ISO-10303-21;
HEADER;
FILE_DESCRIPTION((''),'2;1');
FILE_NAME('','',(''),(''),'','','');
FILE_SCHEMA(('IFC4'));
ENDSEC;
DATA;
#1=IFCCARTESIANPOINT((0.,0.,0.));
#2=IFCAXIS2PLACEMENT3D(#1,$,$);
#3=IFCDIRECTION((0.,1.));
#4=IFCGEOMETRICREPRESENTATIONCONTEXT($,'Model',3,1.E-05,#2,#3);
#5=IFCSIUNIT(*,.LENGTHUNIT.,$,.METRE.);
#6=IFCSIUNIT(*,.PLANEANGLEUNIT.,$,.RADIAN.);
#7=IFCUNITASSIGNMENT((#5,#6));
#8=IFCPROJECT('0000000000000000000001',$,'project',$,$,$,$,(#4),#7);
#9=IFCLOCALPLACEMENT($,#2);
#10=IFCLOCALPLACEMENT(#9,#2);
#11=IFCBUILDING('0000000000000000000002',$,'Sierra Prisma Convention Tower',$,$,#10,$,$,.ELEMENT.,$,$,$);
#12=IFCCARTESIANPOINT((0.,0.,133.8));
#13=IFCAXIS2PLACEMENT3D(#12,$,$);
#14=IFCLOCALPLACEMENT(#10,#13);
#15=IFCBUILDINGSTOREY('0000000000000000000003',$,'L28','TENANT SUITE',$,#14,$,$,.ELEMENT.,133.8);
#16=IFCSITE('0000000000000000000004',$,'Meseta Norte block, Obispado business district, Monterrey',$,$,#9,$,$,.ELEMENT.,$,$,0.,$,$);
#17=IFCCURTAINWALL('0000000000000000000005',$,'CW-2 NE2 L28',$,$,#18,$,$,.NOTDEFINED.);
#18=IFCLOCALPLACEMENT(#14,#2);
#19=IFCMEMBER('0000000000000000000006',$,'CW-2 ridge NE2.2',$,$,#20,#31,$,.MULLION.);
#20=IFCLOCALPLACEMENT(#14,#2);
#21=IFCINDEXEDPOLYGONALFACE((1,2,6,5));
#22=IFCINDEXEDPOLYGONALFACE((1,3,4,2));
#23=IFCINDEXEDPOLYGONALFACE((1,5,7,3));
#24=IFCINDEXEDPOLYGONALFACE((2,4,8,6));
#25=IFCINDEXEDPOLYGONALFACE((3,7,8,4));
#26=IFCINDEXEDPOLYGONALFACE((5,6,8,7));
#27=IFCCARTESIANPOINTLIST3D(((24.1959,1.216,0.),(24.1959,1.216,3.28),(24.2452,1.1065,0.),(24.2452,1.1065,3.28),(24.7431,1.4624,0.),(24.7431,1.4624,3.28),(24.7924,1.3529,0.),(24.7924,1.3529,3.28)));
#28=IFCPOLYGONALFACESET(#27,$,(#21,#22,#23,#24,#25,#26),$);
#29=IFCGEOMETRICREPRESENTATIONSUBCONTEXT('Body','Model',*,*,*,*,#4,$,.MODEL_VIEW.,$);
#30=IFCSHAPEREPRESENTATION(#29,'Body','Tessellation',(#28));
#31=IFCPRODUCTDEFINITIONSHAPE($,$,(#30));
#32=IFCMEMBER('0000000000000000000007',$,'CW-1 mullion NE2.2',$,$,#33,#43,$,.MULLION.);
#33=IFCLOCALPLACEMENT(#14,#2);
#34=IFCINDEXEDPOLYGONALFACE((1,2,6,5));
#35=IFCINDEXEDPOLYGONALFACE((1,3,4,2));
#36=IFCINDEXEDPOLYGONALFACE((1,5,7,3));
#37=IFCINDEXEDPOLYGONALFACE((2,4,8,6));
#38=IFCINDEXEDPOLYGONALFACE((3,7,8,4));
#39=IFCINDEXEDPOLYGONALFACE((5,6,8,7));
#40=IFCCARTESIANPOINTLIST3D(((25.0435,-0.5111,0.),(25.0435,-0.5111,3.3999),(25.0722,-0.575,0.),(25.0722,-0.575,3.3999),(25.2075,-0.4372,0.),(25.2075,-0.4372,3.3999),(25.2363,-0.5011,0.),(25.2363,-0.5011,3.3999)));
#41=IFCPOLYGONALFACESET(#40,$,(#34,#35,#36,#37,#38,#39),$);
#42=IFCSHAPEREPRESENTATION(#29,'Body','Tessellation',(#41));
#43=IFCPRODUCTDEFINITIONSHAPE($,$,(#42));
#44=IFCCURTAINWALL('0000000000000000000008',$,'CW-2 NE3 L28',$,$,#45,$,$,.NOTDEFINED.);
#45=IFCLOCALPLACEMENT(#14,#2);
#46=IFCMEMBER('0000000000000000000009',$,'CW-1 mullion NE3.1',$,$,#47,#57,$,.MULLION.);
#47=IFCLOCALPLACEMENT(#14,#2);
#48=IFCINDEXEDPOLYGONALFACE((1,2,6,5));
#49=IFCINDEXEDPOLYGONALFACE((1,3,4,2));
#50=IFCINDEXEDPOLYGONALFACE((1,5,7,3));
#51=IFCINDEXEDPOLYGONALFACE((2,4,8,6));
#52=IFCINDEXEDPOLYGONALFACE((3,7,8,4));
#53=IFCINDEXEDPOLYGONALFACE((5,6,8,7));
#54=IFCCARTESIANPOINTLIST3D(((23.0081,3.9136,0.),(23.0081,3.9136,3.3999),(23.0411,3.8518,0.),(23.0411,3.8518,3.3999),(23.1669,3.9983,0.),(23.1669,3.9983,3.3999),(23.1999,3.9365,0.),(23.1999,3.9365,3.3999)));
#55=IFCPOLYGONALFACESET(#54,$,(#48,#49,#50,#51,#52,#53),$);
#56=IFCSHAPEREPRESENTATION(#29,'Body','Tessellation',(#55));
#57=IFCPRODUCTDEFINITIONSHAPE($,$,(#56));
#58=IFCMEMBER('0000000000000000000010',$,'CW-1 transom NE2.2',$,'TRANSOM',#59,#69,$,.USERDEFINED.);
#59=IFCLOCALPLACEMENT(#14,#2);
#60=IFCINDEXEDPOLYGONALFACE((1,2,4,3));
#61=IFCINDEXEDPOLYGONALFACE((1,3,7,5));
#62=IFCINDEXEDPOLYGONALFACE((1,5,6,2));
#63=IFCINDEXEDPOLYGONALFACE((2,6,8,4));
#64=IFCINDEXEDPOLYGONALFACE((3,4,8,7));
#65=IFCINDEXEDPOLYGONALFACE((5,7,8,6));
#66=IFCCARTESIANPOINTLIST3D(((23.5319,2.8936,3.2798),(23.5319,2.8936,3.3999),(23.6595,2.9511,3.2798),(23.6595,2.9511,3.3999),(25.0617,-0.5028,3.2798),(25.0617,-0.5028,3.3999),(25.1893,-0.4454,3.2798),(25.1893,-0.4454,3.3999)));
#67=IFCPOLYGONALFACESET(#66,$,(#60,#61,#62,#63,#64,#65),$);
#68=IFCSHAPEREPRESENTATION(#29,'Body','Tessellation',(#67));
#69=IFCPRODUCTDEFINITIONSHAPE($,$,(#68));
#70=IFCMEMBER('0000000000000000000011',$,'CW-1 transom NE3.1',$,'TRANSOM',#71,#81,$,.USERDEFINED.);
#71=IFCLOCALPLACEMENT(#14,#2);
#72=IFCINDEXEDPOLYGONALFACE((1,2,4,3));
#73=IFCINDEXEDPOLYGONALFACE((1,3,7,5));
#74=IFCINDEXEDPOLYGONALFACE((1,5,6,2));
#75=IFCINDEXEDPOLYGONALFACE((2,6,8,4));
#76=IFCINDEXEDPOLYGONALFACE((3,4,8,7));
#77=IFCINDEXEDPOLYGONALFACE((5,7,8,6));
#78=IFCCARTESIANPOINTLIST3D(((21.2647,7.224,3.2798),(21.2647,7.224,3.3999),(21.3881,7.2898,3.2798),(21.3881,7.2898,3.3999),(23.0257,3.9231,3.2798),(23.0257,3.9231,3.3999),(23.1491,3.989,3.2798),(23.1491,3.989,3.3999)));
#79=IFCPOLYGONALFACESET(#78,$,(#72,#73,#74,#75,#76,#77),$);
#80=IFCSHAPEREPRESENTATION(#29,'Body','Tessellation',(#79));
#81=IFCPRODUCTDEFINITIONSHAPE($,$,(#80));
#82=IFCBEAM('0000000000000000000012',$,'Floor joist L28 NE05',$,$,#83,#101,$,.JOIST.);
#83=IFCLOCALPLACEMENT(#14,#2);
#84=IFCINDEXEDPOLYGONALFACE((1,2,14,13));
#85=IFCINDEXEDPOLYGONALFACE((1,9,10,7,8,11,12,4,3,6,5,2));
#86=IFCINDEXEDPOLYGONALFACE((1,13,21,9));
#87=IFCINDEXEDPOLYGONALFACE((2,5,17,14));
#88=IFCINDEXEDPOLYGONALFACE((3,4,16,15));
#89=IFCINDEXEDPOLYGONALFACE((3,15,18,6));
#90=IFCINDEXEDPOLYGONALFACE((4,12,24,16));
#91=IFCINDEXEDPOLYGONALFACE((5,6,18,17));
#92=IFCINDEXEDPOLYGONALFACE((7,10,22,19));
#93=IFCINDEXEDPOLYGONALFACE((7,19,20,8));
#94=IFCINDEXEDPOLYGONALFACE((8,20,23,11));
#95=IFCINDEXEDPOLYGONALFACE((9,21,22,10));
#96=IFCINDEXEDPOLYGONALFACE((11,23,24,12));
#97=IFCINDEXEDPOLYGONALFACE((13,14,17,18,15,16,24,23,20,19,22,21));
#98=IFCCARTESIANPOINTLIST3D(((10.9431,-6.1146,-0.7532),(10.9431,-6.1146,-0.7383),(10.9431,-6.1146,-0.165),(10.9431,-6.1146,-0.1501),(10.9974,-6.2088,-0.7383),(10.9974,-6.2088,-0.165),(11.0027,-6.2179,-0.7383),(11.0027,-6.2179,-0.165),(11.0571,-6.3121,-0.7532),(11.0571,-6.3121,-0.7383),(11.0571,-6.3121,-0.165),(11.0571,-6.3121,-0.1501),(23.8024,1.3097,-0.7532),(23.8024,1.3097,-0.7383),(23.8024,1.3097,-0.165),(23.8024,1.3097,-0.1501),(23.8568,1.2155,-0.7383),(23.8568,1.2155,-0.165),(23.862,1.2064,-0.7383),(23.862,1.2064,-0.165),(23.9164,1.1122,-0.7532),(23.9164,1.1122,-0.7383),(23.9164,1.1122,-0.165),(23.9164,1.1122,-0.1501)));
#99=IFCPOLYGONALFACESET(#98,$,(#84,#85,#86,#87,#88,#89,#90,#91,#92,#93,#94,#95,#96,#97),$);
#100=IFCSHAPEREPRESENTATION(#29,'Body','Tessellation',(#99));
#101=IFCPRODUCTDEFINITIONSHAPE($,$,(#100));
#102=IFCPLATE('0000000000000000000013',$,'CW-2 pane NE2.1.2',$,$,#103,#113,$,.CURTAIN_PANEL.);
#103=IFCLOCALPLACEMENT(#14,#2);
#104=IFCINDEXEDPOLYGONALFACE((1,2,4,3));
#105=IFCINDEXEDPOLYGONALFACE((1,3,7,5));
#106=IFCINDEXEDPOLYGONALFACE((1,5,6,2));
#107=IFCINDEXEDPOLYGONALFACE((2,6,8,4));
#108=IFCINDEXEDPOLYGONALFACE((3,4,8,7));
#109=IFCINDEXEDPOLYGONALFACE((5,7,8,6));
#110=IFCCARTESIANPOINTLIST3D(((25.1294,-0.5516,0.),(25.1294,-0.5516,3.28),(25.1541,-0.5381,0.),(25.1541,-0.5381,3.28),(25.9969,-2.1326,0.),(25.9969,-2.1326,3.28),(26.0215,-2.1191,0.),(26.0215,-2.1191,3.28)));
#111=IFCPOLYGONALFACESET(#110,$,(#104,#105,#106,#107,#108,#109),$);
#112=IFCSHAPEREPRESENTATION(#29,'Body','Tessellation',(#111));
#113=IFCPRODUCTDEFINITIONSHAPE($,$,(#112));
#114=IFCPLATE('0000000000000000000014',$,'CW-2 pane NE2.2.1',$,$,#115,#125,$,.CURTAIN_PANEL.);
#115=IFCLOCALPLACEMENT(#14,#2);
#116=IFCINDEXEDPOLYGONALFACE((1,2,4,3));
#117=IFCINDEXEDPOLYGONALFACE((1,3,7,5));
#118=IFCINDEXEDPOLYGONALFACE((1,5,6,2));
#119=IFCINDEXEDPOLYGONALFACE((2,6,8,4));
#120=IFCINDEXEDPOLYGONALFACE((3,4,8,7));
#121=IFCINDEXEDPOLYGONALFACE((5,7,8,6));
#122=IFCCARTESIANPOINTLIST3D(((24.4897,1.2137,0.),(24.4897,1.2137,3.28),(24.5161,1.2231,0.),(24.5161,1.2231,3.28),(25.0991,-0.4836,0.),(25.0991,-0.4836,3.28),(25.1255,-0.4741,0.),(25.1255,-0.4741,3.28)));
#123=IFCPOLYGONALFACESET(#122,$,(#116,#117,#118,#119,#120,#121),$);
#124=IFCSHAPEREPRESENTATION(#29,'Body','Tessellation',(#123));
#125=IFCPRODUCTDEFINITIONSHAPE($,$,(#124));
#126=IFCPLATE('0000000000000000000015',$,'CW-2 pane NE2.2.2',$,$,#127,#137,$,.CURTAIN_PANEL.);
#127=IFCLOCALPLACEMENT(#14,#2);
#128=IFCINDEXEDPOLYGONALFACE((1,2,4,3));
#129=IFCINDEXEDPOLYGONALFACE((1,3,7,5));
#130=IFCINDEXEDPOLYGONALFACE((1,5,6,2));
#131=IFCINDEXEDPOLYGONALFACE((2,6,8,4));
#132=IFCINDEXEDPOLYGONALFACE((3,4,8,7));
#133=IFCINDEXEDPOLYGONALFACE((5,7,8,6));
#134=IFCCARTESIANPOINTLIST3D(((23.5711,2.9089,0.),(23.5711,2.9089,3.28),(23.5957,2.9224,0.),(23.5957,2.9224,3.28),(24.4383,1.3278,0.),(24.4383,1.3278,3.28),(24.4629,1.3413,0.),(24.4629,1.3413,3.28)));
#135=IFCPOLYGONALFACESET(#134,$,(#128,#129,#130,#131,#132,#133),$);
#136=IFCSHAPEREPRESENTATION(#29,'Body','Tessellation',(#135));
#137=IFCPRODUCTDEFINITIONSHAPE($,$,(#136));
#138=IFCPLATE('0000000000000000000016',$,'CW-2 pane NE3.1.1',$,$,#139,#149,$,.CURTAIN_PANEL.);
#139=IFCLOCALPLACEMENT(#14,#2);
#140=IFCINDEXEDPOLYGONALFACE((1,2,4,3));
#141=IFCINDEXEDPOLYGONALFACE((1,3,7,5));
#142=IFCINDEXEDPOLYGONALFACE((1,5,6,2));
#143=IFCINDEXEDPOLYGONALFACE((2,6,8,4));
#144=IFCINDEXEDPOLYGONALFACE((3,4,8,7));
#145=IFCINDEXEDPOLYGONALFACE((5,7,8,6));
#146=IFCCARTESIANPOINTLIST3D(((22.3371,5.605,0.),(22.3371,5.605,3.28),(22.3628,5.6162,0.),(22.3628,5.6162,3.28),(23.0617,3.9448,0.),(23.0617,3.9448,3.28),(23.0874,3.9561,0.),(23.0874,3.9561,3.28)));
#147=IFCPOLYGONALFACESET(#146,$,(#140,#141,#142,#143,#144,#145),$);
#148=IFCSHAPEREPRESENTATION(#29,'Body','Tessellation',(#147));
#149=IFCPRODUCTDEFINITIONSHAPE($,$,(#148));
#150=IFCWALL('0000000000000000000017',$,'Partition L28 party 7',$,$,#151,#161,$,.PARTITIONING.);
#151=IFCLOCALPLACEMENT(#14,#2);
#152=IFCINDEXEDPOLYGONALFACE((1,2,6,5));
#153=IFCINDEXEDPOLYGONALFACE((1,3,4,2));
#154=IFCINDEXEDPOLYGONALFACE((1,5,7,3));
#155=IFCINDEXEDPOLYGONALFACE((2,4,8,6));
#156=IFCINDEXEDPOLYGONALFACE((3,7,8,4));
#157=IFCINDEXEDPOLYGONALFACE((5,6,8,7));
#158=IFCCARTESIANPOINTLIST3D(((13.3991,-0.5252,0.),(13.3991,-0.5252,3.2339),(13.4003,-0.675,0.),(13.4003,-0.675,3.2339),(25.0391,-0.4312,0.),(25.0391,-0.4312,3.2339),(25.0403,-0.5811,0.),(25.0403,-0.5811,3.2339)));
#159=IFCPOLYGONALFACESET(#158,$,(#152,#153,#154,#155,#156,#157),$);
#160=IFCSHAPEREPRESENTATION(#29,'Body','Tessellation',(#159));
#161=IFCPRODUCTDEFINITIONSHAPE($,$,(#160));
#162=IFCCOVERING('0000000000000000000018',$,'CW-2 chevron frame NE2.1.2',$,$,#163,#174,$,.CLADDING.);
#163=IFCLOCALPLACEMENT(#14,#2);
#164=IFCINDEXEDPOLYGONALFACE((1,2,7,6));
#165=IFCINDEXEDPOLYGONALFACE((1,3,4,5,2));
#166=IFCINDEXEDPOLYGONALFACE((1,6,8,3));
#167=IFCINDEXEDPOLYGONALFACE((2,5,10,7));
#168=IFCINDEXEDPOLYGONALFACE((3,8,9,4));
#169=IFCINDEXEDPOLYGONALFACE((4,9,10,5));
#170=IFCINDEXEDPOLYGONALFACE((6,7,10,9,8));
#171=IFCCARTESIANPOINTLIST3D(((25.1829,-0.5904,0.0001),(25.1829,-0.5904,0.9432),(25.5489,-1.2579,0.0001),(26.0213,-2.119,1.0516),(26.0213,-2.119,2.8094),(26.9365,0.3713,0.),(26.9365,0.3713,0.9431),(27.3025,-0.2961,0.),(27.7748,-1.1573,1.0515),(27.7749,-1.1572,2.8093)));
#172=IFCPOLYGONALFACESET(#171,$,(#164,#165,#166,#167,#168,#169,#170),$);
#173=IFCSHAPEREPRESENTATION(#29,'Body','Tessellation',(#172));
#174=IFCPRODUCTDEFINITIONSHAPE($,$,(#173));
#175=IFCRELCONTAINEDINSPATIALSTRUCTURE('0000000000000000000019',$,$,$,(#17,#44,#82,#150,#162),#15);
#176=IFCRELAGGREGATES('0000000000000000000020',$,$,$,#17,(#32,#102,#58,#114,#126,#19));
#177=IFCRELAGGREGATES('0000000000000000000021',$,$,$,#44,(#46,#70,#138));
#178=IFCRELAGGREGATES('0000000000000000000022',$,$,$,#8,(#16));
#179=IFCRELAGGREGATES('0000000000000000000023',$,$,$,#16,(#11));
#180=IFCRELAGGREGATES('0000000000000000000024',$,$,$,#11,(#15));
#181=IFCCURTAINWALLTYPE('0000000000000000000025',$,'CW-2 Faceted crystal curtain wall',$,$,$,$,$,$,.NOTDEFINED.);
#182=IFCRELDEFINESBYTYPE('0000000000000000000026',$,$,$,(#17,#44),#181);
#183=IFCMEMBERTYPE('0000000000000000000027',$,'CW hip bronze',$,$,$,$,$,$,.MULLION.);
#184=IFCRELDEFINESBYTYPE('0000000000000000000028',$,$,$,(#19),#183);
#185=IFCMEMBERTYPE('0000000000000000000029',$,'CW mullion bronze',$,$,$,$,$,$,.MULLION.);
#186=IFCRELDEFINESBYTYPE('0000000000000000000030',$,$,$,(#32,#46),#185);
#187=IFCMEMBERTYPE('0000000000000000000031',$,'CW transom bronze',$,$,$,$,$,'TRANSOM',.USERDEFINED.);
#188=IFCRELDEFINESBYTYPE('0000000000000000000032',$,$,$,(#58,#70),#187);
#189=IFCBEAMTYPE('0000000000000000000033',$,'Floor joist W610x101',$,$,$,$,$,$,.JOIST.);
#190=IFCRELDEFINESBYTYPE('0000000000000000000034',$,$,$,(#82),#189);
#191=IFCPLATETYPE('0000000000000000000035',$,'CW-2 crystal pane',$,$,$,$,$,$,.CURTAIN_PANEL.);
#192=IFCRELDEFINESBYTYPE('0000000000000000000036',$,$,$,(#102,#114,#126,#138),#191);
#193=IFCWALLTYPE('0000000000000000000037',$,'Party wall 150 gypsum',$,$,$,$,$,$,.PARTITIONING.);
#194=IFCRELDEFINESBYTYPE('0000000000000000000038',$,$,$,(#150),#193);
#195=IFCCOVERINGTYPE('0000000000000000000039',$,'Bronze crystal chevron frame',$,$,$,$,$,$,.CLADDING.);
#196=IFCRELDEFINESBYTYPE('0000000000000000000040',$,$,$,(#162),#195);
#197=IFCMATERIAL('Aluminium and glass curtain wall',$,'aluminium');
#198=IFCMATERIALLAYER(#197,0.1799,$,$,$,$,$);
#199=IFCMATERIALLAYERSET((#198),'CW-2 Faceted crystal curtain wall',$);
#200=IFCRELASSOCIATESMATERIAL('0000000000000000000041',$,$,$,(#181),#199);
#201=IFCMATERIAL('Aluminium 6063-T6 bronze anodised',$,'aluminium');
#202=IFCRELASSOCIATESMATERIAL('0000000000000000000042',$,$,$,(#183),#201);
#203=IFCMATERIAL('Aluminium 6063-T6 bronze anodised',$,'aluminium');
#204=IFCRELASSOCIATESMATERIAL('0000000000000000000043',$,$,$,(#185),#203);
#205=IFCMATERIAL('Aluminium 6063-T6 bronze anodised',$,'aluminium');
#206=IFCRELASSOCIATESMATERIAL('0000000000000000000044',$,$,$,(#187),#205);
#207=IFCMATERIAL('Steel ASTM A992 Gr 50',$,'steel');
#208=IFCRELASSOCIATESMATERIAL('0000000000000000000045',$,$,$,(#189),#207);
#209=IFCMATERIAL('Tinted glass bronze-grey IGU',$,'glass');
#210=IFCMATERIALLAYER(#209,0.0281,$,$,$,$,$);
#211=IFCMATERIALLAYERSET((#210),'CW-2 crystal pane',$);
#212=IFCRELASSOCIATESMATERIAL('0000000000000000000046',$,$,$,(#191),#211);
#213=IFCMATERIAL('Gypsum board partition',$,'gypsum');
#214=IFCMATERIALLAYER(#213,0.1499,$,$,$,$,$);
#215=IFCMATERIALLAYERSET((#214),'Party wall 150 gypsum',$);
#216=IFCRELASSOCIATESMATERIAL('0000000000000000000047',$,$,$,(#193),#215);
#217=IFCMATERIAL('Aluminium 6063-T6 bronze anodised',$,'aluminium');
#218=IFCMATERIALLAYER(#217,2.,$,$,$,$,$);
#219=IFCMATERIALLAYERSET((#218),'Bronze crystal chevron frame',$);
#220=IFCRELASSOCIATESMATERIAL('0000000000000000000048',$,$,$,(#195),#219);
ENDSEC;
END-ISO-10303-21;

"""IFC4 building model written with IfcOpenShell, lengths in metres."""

from ifc_helpers import new_model, si_unit, direction, frame, frame_2d, origin, origin_2d, place, context, subcontext, project, spatial, polyline, rectangle, i_section, outline, extrude, material, layer, layer_set, material_profile, profile_set, type_object, element, aggregate, save


model = new_model("IFC4")

# Units and contexts
model_context = context("Model", 3, precision=1e-05, world=origin(), true_north=direction((0.0, 1.0)))
body_context = subcontext(model_context, "Body", "Model", "MODEL_VIEW")
ifc_project = project(units=[si_unit("LENGTHUNIT", "METRE"), si_unit("PLANEANGLEUNIT", "RADIAN")], contexts=[model_context])

# Site, building, storey
site_placement = place(None, origin())
site = spatial("IfcSite", under=ifc_project, at=site_placement, Name="Meseta Norte block, Obispado business district, Monterrey", CompositionType="ELEMENT", RefElevation=0.0)
building_placement = place(site_placement, origin())
building = spatial("IfcBuilding", under=site, at=building_placement, Name="Sierra Prisma Convention Tower", CompositionType="ELEMENT")
storey_placement = place(building_placement, frame((0.0, 0.0, 133.8)))
storey = spatial("IfcBuildingStorey", under=building, at=storey_placement, Name="L28", Description="TENANT SUITE", CompositionType="ELEMENT", Elevation=133.8)

# Curtain wall, members
ifc_material_1 = material(Name="Aluminium and glass curtain wall", Category="aluminium")
ifc_layer_1 = layer(ifc_material_1, 0.1799)
ifc_layer_set_1 = layer_set([ifc_layer_1], Name="CW-2 Faceted crystal curtain wall")
curtain_wall_type = type_object("IfcCurtainWallType", Name="CW-2 Faceted crystal curtain wall", PredefinedType="NOTDEFINED", material=ifc_layer_set_1)
curtain_wall_1_placement = place(storey_placement, origin())
curtain_wall_1 = element("IfcCurtainWall", 1, at=curtain_wall_1_placement, inside=storey, type_object=curtain_wall_type, Name="CW-2 NE2 L28", PredefinedType="NOTDEFINED")
ifc_material_2 = material(Name="Aluminium 6063-T6 bronze anodised", Category="aluminium")
ifc_material_profile_1 = material_profile(ifc_material_2, rectangle(XDim=0.1201, YDim=0.6001, at=origin_2d()), Name="ALU RIDGE BLADE 120x600")
ifc_profile_set_1 = profile_set([ifc_material_profile_1], Name="Aluminium 6063-T6 bronze anodised")
member_type_1 = type_object("IfcMemberType", Name="CW hip bronze", PredefinedType="MULLION", material=ifc_profile_set_1)
member_1_placement = place(storey_placement, frame((24.4941, 1.2844, 0.0), z_axis=(0.0, 0.0, 1.0), x_axis=(-0.410636, 0.911799, 0.0)))
member_1 = element("IfcMember", 2, at=member_1_placement, type_object=member_type_1, Name="CW-2 ridge NE2.2", PredefinedType="MULLION", context=body_context, shape_type="SweptSolid", body=[
    extrude(rectangle(XDim=0.1201, YDim=0.6001, at=origin_2d()), origin(), (0.0, 0.0, 1.0), 3.28),
])
ifc_material_3 = material(Name="Aluminium 6063-T6 bronze anodised", Category="aluminium")
ifc_material_profile_2 = material_profile(ifc_material_3, rectangle(XDim=0.1799, YDim=0.0701, at=origin_2d()), Name="ALU MULLION 70x180")
ifc_profile_set_2 = profile_set([ifc_material_profile_2], Name="Aluminium 6063-T6 bronze anodised")
member_type_2 = type_object("IfcMemberType", Name="CW mullion bronze", PredefinedType="MULLION", material=ifc_profile_set_2)
member_2_placement = place(storey_placement, frame((25.1399, -0.5061, 0.0), z_axis=(0.0, 0.0, 1.0), x_axis=(-0.911799, -0.410636, 0.0)))
member_2 = element("IfcMember", 3, at=member_2_placement, type_object=member_type_2, Name="CW-1 mullion NE2.2", PredefinedType="MULLION", context=body_context, shape_type="SweptSolid", body=[
    extrude(rectangle(XDim=0.1799, YDim=0.0701, at=origin_2d()), origin(), (0.0, 0.0, 1.0), 3.3999),
])

# Curtain wall, member
curtain_wall_2_placement = place(storey_placement, origin())
curtain_wall_2 = element("IfcCurtainWall", 4, at=curtain_wall_2_placement, inside=storey, type_object=curtain_wall_type, Name="CW-2 NE3 L28", PredefinedType="NOTDEFINED")
member_3_placement = place(storey_placement, frame((23.104, 3.925, 0.0), z_axis=(0.0, 0.0, 1.0), x_axis=(-0.882278, -0.470728, 0.0)))
member_3 = element("IfcMember", 5, at=member_3_placement, type_object=member_type_2, Name="CW-1 mullion NE3.1", PredefinedType="MULLION", context=body_context, shape_type="SweptSolid", body=[
    extrude(rectangle(XDim=0.1799, YDim=0.0701, at=origin_2d()), origin(), (0.0, 0.0, 1.0), 3.3999),
])

# Members
ifc_material_4 = material(Name="Aluminium 6063-T6 bronze anodised", Category="aluminium")
ifc_material_profile_3 = material_profile(ifc_material_4, rectangle(XDim=0.1399, YDim=0.1201, at=origin_2d()), Name="ALU TRANSOM 120x140")
ifc_profile_set_3 = profile_set([ifc_material_profile_3], Name="Aluminium 6063-T6 bronze anodised")
member_type_3 = type_object("IfcMemberType", Name="CW transom bronze", ElementType="TRANSOM", PredefinedType="USERDEFINED", material=ifc_profile_set_3)
member_4_placement = place(storey_placement, frame((25.1255, -0.4741, 3.3398), z_axis=(-0.41067, 0.911784, 0.0), x_axis=(-0.911784, -0.41067, 0.0)))
member_4 = element("IfcMember", 6, at=member_4_placement, type_object=member_type_3, Name="CW-1 transom NE2.2", ObjectType="TRANSOM", PredefinedType="USERDEFINED", context=body_context, shape_type="SweptSolid", body=[
    extrude(rectangle(XDim=0.1399, YDim=0.1201, at=origin_2d()), origin(), (0.0, 0.0, 1.0), 3.7251),
])
member_5_placement = place(storey_placement, frame((23.0874, 3.9561, 3.3398), z_axis=(-0.470707, 0.88229, 0.0), x_axis=(-0.88229, -0.470707, 0.0)))
member_5 = element("IfcMember", 7, at=member_5_placement, type_object=member_type_3, Name="CW-1 transom NE3.1", ObjectType="TRANSOM", PredefinedType="USERDEFINED", context=body_context, shape_type="SweptSolid", body=[
    extrude(rectangle(XDim=0.1399, YDim=0.1201, at=origin_2d()), origin(), (0.0, 0.0, 1.0), 3.7412),
])

# Beam
ifc_material_5 = material(Name="Steel ASTM A992 Gr 50", Category="steel")
ifc_material_profile_4 = material_profile(ifc_material_5, i_section(OverallWidth=0.228, OverallDepth=0.603, WebThickness=0.0105, FlangeThickness=0.0149, at=origin_2d()), Name="W610x101")
ifc_profile_set_4 = profile_set([ifc_material_profile_4], Name="Steel ASTM A992 Gr 50")
beam_type = type_object("IfcBeamType", Name="Floor joist W610x101", PredefinedType="JOIST", material=ifc_profile_set_4)
beam_placement = place(storey_placement, frame((23.8594, 1.2109, -0.4517), z_axis=(-0.866027, -0.499998, 0.0), x_axis=(0.499998, -0.866027, 0.0)))
element("IfcBeam", 8, at=beam_placement, inside=storey, type_object=beam_type, Name="Floor joist L28 NE05", PredefinedType="JOIST", context=body_context, shape_type="SweptSolid", body=[
    extrude(i_section(OverallWidth=0.228, OverallDepth=0.603, WebThickness=0.0105, FlangeThickness=0.0149, at=origin_2d()), origin(), (0.0, 0.0, 1.0), 14.8486),
])

# Plates
ifc_material_6 = material(Name="Tinted glass bronze-grey IGU", Category="glass")
ifc_layer_2 = layer(ifc_material_6, 0.0281)
ifc_layer_set_2 = layer_set([ifc_layer_2], Name="CW-2 crystal pane")
plate_type = type_object("IfcPlateType", Name="CW-2 crystal pane", PredefinedType="CURTAIN_PANEL", material=ifc_layer_set_2)
plate_1_placement = place(storey_placement, frame((25.1541, -0.5381, 0.0), z_axis=(0.876718, 0.481004, 0.0), x_axis=(0.481004, -0.876718, 0.0)))
plate_1 = element("IfcPlate", 9, at=plate_1_placement, type_object=plate_type, Name="CW-2 pane NE2.1.2", PredefinedType="CURTAIN_PANEL", context=body_context, shape_type="SweptSolid", body=[
    extrude(outline(polyline([(0.0, 0.0), (1.8034, 0.0), (1.8034, -3.28), (0.0, -3.28), (0.0, 0.0)])), origin(), (0.0, 0.0, -1.0), 0.0281),
])
plate_2_placement = place(storey_placement, frame((25.1255, -0.4741, 0.0), z_axis=(0.941177, 0.337914, 0.0), x_axis=(-0.337914, 0.941177, 0.0)))
plate_2 = element("IfcPlate", 10, at=plate_2_placement, type_object=plate_type, Name="CW-2 pane NE2.2.1", PredefinedType="CURTAIN_PANEL", context=body_context, shape_type="SweptSolid", body=[
    extrude(outline(polyline([(0.0, 0.0), (1.8033, 0.0), (1.8033, 3.28), (0.0, 3.28), (0.0, 0.0)])), origin(), (0.0, 0.0, -1.0), 0.0281),
])
plate_3_placement = place(storey_placement, frame((23.5957, 2.9224, 0.0), z_axis=(0.876776, 0.4809, 0.0), x_axis=(0.4809, -0.876776, 0.0)))
plate_3 = element("IfcPlate", 11, at=plate_3_placement, type_object=plate_type, Name="CW-2 pane NE2.2.2", PredefinedType="CURTAIN_PANEL", context=body_context, shape_type="SweptSolid", body=[
    extrude(outline(polyline([(0.0, 0.0), (1.8033, 0.0), (1.8033, -3.28), (0.0, -3.28), (0.0, 0.0)])), origin(), (0.0, 0.0, -1.0), 0.0281),
])
aggregate(curtain_wall_1, [member_2, plate_1, member_4, plate_2, plate_3, member_1])
plate_4_placement = place(storey_placement, frame((23.0874, 3.9561, 0.0), z_axis=(0.916503, 0.400027, 0.0), x_axis=(-0.400027, 0.916503, 0.0)))
plate_4 = element("IfcPlate", 12, at=plate_4_placement, type_object=plate_type, Name="CW-2 pane NE3.1.1", PredefinedType="CURTAIN_PANEL", context=body_context, shape_type="SweptSolid", body=[
    extrude(outline(polyline([(0.0, 0.0), (1.8114, 0.0), (1.8114, 3.28), (0.0, 3.28), (0.0, 0.0)])), origin(), (0.0, 0.0, -1.0), 0.0281),
])
aggregate(curtain_wall_2, [member_3, member_5, plate_4])

# Wall
ifc_material_7 = material(Name="Gypsum board partition", Category="gypsum")
ifc_layer_3 = layer(ifc_material_7, 0.1499)
ifc_layer_set_3 = layer_set([ifc_layer_3], Name="Party wall 150 gypsum")
wall_type = type_object("IfcWallType", Name="Party wall 150 gypsum", PredefinedType="PARTITIONING", material=ifc_layer_set_3)
wall_placement = place(storey_placement, frame((25.0398, -0.5061, 0.0), z_axis=(0.0, 0.0, 1.0), x_axis=(-0.999967, -0.008075, 0.0)))
element("IfcWall", 13, at=wall_placement, inside=storey, type_object=wall_type, Name="Partition L28 party 7", PredefinedType="PARTITIONING", context=body_context, shape_type="SweptSolid", body=[
    extrude(rectangle(XDim=11.6404, YDim=0.1499, at=frame_2d((5.8203, 0.0))), origin(), (0.0, 0.0, 1.0), 3.2339),
])

# Covering
ifc_material_8 = material(Name="Aluminium 6063-T6 bronze anodised", Category="aluminium")
ifc_layer_4 = layer(ifc_material_8, 2.0)
ifc_layer_set_4 = layer_set([ifc_layer_4], Name="Bronze crystal chevron frame")
covering_type = type_object("IfcCoveringType", Name="Bronze crystal chevron frame", PredefinedType="CLADDING", material=ifc_layer_set_4)
covering_1_placement = place(storey_placement, frame((27.7749, -1.1572, 2.8093), z_axis=(0.87679, 0.480873, -0.000036), x_axis=(-0.000031, -0.000017, -1.0)))
element("IfcCovering", 14, at=covering_1_placement, inside=storey, type_object=covering_type, Name="CW-2 chevron frame NE2.1.2", PredefinedType="CLADDING", context=body_context, shape_type="SweptSolid", body=[
    extrude(outline(polyline([(0.0, 0.0), (1.7578, 0.0), (2.8093, 0.9822), (2.8093, 1.7434), (1.8662, 1.7434), (0.0, 0.0)])), origin(), (0.0, 0.0, -1.0), 2.0),
])

save(model, "model.ifc")
